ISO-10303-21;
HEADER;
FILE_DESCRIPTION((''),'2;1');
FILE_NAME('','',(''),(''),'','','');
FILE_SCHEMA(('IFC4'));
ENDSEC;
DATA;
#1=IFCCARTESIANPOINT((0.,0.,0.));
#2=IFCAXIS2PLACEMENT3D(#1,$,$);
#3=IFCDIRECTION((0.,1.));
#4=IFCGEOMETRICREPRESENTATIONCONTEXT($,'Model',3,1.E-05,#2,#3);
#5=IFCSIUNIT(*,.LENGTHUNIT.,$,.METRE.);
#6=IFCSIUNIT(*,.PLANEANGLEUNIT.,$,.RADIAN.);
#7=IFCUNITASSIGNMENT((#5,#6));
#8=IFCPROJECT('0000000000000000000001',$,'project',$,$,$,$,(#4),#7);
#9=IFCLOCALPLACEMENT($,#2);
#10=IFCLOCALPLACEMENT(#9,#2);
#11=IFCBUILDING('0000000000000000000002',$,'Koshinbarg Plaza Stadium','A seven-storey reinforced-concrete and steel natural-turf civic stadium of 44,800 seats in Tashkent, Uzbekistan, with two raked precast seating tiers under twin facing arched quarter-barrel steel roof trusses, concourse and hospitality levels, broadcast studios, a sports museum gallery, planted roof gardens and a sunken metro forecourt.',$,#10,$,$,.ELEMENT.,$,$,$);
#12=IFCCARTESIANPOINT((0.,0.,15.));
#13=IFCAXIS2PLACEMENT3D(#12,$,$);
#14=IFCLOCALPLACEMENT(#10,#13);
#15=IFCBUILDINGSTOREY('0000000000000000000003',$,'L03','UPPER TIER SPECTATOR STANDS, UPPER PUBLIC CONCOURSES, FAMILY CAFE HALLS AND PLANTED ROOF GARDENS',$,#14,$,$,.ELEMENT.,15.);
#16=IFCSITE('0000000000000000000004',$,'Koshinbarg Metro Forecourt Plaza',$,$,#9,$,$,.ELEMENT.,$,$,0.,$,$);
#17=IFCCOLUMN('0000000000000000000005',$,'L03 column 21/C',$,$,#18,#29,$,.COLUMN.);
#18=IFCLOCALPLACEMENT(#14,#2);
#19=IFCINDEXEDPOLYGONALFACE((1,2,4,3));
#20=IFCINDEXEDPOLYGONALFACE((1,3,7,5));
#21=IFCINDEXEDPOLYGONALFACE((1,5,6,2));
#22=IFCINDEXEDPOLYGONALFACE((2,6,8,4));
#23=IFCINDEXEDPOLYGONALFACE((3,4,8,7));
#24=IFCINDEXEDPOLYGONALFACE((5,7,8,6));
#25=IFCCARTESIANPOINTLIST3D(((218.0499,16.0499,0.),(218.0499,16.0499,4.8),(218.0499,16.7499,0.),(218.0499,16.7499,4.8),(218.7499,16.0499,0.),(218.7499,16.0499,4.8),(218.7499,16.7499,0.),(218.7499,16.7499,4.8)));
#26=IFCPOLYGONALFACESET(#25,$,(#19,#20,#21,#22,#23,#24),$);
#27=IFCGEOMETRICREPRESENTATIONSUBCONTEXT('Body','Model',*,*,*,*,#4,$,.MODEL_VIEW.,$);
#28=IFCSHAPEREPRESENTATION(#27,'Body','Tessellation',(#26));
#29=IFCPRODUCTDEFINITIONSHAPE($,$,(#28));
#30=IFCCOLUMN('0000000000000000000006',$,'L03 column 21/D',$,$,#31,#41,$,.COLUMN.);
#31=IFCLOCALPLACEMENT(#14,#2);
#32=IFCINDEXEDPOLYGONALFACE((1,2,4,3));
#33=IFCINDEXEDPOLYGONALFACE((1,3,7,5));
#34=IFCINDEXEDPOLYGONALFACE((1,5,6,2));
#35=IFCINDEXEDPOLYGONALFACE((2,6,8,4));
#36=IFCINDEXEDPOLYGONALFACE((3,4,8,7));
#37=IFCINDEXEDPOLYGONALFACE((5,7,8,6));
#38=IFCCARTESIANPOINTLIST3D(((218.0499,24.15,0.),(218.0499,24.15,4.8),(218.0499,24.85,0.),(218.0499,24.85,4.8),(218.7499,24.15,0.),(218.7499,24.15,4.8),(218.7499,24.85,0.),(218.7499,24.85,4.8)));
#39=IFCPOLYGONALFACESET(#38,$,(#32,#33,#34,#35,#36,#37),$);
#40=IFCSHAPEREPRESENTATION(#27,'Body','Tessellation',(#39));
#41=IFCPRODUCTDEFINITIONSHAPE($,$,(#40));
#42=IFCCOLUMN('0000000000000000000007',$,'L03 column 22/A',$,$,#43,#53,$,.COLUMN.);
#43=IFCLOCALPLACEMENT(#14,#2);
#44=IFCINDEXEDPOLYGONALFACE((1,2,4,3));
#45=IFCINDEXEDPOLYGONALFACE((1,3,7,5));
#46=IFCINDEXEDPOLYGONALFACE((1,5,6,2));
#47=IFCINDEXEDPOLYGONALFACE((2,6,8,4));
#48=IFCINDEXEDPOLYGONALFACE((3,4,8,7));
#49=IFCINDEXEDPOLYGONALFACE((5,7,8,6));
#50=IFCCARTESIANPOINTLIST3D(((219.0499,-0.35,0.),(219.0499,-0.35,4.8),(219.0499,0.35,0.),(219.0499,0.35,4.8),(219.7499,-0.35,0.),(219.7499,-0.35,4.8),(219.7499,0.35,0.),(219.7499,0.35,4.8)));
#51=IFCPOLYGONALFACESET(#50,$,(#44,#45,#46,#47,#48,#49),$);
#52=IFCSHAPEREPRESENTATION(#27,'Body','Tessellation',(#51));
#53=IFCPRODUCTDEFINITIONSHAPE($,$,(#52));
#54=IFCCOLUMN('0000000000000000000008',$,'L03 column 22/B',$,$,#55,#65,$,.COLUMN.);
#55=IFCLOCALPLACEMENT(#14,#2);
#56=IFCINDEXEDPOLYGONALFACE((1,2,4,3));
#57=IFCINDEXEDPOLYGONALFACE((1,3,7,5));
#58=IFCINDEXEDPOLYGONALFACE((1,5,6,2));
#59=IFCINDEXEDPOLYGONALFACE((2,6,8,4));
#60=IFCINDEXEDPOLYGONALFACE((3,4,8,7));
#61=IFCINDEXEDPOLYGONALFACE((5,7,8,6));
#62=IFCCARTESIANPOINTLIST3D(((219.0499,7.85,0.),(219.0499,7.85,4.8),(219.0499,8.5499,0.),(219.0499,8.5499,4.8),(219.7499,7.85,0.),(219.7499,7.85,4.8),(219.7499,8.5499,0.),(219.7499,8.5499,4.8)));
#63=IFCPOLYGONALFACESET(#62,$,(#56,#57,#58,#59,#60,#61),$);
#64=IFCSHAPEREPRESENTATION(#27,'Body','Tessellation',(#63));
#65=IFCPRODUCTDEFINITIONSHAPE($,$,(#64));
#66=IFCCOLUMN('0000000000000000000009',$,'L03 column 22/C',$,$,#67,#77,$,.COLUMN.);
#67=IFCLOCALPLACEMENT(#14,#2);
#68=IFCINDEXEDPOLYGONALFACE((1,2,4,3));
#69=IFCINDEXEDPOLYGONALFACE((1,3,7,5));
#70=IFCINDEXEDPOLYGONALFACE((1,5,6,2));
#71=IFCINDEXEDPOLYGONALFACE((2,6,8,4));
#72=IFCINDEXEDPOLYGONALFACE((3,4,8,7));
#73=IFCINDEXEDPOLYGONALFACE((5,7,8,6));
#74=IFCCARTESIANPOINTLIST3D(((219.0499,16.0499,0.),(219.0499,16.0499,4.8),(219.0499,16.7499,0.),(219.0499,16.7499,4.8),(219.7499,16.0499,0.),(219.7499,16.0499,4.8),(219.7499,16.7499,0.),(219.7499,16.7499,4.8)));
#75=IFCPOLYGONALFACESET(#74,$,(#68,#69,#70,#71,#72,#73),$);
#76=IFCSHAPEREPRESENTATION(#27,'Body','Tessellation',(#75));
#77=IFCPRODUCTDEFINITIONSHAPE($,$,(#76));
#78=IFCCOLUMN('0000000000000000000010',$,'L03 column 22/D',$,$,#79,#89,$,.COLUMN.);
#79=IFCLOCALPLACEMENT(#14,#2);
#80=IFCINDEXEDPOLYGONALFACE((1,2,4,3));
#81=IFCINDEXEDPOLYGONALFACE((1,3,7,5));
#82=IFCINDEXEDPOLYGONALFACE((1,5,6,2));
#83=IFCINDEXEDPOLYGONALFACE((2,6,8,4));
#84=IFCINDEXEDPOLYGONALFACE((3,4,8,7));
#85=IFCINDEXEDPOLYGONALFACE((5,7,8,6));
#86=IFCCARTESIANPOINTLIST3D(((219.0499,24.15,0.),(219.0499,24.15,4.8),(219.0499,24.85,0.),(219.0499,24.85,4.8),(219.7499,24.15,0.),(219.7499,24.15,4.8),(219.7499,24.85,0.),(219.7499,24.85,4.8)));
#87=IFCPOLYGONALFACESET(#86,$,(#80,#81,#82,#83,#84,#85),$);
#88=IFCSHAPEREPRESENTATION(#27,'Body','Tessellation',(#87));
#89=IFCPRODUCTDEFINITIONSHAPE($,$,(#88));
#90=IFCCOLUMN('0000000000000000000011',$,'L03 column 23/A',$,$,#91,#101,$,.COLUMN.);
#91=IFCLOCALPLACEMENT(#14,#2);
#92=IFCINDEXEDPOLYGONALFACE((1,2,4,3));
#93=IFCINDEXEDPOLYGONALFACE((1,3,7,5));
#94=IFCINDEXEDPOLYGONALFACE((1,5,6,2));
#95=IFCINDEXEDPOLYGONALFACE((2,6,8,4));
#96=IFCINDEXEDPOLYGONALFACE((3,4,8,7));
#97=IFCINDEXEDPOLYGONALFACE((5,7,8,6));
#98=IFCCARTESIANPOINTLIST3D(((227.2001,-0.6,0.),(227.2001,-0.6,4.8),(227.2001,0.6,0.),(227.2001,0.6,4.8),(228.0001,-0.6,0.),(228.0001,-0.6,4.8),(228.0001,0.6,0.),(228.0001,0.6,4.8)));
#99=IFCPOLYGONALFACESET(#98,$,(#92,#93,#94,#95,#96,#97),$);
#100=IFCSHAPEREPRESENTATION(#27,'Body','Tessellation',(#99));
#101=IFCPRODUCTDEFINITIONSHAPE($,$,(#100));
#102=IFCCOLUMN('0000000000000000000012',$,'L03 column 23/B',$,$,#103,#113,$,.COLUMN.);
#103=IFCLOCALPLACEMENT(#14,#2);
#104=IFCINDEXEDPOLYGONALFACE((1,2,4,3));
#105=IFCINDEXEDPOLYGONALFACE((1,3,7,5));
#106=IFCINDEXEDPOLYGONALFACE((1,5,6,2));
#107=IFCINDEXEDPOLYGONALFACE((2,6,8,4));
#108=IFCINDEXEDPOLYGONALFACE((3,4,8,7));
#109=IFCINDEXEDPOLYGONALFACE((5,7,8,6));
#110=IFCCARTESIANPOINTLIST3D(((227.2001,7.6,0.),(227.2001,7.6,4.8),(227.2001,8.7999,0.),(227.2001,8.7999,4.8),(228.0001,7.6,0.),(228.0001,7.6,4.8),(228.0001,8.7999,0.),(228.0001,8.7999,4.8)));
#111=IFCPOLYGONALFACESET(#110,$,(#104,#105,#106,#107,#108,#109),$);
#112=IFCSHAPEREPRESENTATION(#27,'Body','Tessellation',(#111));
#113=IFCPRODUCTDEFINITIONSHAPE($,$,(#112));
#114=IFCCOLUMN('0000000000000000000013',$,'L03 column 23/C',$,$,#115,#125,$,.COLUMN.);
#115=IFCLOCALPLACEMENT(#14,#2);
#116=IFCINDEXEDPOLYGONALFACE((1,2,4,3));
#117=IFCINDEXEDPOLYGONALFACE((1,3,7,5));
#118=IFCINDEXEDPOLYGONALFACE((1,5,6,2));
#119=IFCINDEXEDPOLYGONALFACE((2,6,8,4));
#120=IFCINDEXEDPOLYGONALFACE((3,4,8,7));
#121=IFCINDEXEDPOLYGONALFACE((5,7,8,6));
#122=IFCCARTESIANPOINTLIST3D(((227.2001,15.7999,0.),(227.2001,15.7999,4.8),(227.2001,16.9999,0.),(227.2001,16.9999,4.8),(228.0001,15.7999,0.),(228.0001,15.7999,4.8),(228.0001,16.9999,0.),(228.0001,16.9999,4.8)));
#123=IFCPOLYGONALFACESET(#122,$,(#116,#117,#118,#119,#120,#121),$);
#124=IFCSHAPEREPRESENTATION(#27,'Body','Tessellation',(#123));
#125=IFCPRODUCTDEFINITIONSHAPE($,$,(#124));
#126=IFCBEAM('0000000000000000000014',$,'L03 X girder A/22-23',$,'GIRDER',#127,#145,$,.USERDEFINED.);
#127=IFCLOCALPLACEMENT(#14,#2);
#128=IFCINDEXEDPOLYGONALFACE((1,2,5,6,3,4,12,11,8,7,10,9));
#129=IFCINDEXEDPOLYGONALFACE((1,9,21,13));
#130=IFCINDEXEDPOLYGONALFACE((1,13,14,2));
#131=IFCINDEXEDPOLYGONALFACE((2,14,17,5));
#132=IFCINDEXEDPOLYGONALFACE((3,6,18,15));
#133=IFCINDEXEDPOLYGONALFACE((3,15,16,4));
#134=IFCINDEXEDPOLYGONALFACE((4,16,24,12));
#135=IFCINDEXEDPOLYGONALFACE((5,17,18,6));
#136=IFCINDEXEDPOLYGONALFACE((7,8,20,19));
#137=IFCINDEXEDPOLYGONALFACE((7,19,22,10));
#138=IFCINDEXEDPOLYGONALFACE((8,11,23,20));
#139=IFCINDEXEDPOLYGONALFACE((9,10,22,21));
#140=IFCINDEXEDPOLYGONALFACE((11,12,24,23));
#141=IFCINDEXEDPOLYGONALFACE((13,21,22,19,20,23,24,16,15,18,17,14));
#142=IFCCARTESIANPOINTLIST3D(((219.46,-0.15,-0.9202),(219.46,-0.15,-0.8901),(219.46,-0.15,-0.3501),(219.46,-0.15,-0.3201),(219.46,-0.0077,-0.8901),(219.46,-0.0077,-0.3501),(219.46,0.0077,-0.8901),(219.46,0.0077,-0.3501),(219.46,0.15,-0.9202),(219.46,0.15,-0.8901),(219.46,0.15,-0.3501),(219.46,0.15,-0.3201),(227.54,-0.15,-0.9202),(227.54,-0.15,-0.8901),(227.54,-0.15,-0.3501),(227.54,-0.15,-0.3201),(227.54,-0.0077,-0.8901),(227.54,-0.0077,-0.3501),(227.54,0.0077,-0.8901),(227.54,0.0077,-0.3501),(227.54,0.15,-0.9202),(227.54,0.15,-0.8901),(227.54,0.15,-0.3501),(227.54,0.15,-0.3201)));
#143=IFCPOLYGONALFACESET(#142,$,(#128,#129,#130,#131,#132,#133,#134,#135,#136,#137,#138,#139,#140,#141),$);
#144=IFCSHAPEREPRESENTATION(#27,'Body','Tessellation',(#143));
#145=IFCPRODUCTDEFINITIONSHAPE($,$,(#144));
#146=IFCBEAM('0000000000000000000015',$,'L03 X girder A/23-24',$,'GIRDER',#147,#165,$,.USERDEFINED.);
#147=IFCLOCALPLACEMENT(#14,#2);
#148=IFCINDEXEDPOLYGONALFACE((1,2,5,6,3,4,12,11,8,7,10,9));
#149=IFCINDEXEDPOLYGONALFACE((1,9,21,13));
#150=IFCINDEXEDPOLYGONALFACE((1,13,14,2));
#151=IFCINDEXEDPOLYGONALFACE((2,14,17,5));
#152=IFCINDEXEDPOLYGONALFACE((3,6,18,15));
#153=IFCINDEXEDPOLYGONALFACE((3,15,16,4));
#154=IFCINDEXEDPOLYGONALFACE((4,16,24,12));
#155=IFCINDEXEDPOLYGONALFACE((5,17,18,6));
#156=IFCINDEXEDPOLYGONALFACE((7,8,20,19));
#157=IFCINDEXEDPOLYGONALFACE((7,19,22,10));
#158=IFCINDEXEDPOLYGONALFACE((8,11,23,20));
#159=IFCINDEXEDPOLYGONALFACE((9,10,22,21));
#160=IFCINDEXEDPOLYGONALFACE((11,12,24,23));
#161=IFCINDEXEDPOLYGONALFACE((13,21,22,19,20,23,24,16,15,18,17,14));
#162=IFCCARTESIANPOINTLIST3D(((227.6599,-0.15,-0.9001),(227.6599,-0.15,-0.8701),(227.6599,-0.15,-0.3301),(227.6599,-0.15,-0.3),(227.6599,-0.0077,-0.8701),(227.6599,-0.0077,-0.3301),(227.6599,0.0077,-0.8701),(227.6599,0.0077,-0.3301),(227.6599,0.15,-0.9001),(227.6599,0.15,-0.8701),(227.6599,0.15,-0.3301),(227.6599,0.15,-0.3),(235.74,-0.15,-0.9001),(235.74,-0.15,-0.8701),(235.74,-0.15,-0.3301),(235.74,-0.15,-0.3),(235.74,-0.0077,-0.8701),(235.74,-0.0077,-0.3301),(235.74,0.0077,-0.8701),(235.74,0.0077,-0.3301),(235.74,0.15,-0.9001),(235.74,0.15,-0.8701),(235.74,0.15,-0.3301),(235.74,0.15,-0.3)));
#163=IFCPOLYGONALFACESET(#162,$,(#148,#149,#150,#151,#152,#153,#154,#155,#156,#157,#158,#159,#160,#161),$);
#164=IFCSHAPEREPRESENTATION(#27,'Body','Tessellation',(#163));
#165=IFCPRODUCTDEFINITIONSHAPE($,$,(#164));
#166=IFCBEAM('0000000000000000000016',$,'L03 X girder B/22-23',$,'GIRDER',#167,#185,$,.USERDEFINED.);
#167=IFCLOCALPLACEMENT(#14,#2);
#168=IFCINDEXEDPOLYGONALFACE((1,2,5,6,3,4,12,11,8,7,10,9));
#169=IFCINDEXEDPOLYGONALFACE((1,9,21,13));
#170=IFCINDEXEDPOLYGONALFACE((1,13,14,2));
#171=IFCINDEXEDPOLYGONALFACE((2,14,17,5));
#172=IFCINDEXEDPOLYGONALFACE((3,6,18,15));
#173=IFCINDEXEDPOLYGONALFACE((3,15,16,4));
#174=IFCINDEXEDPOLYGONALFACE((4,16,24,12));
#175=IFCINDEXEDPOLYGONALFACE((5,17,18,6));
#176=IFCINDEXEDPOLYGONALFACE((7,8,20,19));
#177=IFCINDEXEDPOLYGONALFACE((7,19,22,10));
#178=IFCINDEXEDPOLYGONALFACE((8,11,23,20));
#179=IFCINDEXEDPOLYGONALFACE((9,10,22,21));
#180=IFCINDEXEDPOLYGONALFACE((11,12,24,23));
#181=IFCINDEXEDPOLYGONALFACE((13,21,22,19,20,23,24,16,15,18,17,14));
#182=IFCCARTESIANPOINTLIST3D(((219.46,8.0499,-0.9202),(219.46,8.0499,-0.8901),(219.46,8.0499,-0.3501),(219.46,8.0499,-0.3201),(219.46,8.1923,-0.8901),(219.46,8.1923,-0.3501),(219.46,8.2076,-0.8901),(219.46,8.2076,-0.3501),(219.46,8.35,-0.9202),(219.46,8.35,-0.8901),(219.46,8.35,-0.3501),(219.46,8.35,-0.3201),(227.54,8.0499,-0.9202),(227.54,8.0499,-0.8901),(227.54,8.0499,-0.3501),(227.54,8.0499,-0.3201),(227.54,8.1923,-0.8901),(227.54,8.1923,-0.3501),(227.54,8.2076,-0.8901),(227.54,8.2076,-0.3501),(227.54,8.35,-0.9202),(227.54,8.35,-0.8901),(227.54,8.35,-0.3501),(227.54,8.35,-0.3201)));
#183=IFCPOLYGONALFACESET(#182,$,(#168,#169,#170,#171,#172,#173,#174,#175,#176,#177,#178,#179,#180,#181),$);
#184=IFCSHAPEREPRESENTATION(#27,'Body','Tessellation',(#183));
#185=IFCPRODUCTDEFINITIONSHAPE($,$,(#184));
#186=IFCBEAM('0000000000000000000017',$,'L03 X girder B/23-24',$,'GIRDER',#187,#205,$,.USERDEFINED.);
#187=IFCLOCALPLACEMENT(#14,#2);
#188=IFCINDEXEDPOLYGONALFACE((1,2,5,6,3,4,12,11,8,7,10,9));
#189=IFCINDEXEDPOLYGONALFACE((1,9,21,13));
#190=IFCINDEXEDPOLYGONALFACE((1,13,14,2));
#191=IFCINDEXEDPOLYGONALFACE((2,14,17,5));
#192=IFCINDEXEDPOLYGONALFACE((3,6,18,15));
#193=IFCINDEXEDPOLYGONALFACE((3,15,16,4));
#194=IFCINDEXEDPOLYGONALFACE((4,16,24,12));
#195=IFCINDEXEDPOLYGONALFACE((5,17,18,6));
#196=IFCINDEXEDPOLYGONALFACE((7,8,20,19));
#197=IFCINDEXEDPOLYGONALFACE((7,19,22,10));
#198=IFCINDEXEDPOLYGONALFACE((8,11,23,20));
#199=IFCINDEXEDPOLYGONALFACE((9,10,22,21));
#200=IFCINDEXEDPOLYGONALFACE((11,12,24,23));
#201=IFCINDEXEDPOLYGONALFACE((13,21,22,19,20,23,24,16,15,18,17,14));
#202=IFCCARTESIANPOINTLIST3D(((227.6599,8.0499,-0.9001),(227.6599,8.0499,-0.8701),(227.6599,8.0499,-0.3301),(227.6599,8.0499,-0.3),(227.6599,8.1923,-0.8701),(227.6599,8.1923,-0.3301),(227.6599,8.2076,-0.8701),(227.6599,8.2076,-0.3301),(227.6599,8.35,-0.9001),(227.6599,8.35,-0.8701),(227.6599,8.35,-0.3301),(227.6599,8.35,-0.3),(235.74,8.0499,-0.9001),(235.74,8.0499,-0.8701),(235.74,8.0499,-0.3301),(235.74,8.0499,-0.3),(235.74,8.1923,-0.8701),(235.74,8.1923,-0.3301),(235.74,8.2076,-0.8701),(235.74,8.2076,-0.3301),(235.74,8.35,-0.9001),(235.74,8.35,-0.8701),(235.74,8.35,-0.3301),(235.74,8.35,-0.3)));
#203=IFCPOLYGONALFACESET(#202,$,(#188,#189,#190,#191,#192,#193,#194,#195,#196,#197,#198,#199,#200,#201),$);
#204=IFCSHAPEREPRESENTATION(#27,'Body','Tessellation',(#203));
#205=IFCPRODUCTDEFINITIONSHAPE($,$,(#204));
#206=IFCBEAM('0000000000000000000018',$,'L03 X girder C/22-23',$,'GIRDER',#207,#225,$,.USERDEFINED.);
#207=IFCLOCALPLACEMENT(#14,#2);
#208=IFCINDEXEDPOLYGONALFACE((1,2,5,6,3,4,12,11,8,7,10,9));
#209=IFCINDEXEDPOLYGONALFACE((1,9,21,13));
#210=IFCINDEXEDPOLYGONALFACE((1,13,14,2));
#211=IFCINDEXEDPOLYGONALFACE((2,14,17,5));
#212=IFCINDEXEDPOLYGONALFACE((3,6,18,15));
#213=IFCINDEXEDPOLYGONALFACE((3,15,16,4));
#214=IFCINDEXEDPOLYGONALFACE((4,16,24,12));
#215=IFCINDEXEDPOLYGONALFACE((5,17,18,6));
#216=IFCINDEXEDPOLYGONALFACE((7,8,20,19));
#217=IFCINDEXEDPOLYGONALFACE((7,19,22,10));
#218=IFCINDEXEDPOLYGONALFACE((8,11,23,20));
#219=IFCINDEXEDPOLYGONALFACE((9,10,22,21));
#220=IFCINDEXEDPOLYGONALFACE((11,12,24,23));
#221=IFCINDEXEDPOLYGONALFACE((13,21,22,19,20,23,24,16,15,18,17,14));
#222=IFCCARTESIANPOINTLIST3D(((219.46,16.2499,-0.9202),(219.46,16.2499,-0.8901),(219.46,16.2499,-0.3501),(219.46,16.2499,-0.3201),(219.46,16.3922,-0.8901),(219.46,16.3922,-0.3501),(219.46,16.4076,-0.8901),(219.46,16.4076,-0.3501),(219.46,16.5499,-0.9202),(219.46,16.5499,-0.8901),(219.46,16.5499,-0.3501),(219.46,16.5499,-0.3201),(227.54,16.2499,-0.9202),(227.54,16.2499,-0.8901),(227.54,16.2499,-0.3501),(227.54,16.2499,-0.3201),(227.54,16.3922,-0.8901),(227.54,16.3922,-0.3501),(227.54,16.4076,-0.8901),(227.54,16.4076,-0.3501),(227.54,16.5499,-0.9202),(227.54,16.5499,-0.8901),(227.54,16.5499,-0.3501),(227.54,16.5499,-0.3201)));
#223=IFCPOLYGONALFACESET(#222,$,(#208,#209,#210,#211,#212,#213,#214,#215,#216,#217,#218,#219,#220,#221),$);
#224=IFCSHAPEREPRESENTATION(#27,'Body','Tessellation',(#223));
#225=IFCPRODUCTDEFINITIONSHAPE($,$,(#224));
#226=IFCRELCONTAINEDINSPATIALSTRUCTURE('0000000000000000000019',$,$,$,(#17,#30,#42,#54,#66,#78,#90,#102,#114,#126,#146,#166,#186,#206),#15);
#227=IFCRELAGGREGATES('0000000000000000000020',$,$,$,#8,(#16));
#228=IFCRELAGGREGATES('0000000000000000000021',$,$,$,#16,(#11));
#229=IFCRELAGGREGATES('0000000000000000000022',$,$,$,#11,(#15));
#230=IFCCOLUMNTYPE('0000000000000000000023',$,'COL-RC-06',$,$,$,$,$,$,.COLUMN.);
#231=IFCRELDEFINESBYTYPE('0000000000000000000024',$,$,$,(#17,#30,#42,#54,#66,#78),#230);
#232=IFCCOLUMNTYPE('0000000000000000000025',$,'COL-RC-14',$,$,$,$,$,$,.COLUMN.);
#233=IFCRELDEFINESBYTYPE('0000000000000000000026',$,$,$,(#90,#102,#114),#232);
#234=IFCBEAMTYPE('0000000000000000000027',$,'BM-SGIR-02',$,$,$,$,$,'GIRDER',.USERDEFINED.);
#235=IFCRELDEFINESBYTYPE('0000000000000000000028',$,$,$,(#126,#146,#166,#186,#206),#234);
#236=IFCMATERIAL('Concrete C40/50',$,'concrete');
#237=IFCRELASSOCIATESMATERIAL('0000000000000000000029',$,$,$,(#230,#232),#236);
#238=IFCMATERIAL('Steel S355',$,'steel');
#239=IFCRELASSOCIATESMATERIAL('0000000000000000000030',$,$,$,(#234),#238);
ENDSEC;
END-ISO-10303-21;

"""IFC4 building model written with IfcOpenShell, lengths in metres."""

from ifc_helpers import new_model, si_unit, direction, frame, origin, origin_2d, place, context, subcontext, project, spatial, rectangle, i_section, extrude, material, material_profile, profile_set, type_object, element, save


model = new_model("IFC4")

# Units and contexts
model_context = context("Model", 3, precision=1e-05, world=origin(), true_north=direction((0.0, 1.0)))
body_context = subcontext(model_context, "Body", "Model", "MODEL_VIEW")
ifc_project = project(units=[si_unit("LENGTHUNIT", "METRE"), si_unit("PLANEANGLEUNIT", "RADIAN")], contexts=[model_context])

# Site, building, storey
site_placement = place(None, origin())
site = spatial("IfcSite", under=ifc_project, at=site_placement, Name="Koshinbarg Metro Forecourt Plaza", CompositionType="ELEMENT", RefElevation=0.0)
building_placement = place(site_placement, origin())
building = spatial("IfcBuilding", under=site, at=building_placement, Name="Koshinbarg Plaza Stadium", Description="A seven-storey reinforced-concrete and steel natural-turf civic stadium of 44,800 seats in Tashkent, Uzbekistan, with two raked precast seating tiers under twin facing arched quarter-barrel steel roof trusses, concourse and hospitality levels, broadcast studios, a sports museum gallery, planted roof gardens and a sunken metro forecourt.", CompositionType="ELEMENT")
storey_placement = place(building_placement, frame((0.0, 0.0, 15.0)))
storey = spatial("IfcBuildingStorey", under=building, at=storey_placement, Name="L03", Description="UPPER TIER SPECTATOR STANDS, UPPER PUBLIC CONCOURSES, FAMILY CAFE HALLS AND PLANTED ROOF GARDENS", CompositionType="ELEMENT", Elevation=15.0)

# Columns
ifc_material_1 = material(Name="Concrete C40/50", Category="concrete")
ifc_material_profile_1 = material_profile(ifc_material_1, rectangle(XDim=0.7, YDim=0.7, at=origin_2d()), Name="RC 700x700")
ifc_profile_set_1 = profile_set([ifc_material_profile_1], Name="Concrete C40/50")
column_type_1 = type_object("IfcColumnType", Name="COL-RC-06", PredefinedType="COLUMN", material=ifc_profile_set_1)
for number, where, z_axis, x_axis, name in (
    (1, (218.3999, 16.3999, 0.0), (0.0, 0.0, 1.0), (1.0, 0.0, 0.0), "L03 column 21/C"),
    (2, (218.3999, 24.5, 0.0), (0.0, 0.0, 1.0), (1.0, 0.0, 0.0), "L03 column 21/D"),
    (3, (219.3999, 0.0, 0.0), (0.0, 0.0, 1.0), (1.0, 0.0, 0.0), "L03 column 22/A"),
    (4, (219.3999, 8.2, 0.0), (0.0, 0.0, 1.0), (1.0, 0.0, 0.0), "L03 column 22/B"),
    (5, (219.3999, 16.3999, 0.0), (0.0, 0.0, 1.0), (1.0, 0.0, 0.0), "L03 column 22/C"),
    (6, (219.3999, 24.5, 0.0), (0.0, 0.0, 1.0), (1.0, 0.0, 0.0), "L03 column 22/D"),
):
    element("IfcColumn", number, at=place(storey_placement, frame(where, z_axis=z_axis, x_axis=x_axis)), inside=storey, type_object=column_type_1, Name=name, PredefinedType="COLUMN", context=body_context, shape_type="SweptSolid", body=[
        extrude(rectangle(XDim=0.7, YDim=0.7, at=origin_2d()), origin(), (0.0, 0.0, 1.0), 4.8),
    ])
ifc_material_profile_2 = material_profile(ifc_material_1, rectangle(XDim=0.8, YDim=1.2, at=origin_2d()), Name="RC 800x1200")
ifc_profile_set_2 = profile_set([ifc_material_profile_2], Name="Concrete C40/50")
column_type_2 = type_object("IfcColumnType", Name="COL-RC-14", PredefinedType="COLUMN", material=ifc_profile_set_2)
for number, where, z_axis, x_axis, name in (
    (7, (227.6001, 0.0, 0.0), (0.0, 0.0, 1.0), (1.0, 0.0, 0.0), "L03 column 23/A"),
    (8, (227.6001, 8.2, 0.0), (0.0, 0.0, 1.0), (1.0, 0.0, 0.0), "L03 column 23/B"),
    (9, (227.6001, 16.3999, 0.0), (0.0, 0.0, 1.0), (1.0, 0.0, 0.0), "L03 column 23/C"),
):
    element("IfcColumn", number, at=place(storey_placement, frame(where, z_axis=z_axis, x_axis=x_axis)), inside=storey, type_object=column_type_2, Name=name, PredefinedType="COLUMN", context=body_context, shape_type="SweptSolid", body=[
        extrude(rectangle(XDim=0.8, YDim=1.2, at=origin_2d()), origin(), (0.0, 0.0, 1.0), 4.8),
    ])

# Beams
ifc_material_2 = material(Name="Steel S355", Category="steel")
ifc_material_profile_3 = material_profile(ifc_material_2, i_section(OverallWidth=0.3, OverallDepth=0.6001, WebThickness=0.0154, FlangeThickness=0.03, at=origin_2d()), Name="HEB 600")
ifc_profile_set_3 = profile_set([ifc_material_profile_3], Name="Steel S355")
beam_type_1 = type_object("IfcBeamType", Name="BM-SGIR-02", ElementType="GIRDER", PredefinedType="USERDEFINED", material=ifc_profile_set_3)
for number, where, z_axis, x_axis, name in (
    (10, (219.46, 0.0, -0.6201), (1.0, 0.0, 0.0), (0.0, 1.0, 0.0), "L03 X girder A/22-23"),
    (11, (227.6599, 0.0, -0.6001), (1.0, 0.0, 0.0), (0.0, 1.0, 0.0), "L03 X girder A/23-24"),
    (12, (219.46, 8.2, -0.6201), (1.0, 0.0, 0.0), (0.0, 1.0, 0.0), "L03 X girder B/22-23"),
    (13, (227.6599, 8.2, -0.6001), (1.0, 0.0, 0.0), (0.0, 1.0, 0.0), "L03 X girder B/23-24"),
    (14, (219.46, 16.3999, -0.6201), (1.0, 0.0, 0.0), (0.0, 1.0, 0.0), "L03 X girder C/22-23"),
):
    element("IfcBeam", number, at=place(storey_placement, frame(where, z_axis=z_axis, x_axis=x_axis)), inside=storey, type_object=beam_type_1, Name=name, ObjectType="GIRDER", PredefinedType="USERDEFINED", context=body_context, shape_type="SweptSolid", body=[
        extrude(i_section(OverallWidth=0.3, OverallDepth=0.6001, WebThickness=0.0154, FlangeThickness=0.03, at=origin_2d()), origin(), (0.0, 0.0, 1.0), 8.0801),
    ])

save(model, "model.ifc")
